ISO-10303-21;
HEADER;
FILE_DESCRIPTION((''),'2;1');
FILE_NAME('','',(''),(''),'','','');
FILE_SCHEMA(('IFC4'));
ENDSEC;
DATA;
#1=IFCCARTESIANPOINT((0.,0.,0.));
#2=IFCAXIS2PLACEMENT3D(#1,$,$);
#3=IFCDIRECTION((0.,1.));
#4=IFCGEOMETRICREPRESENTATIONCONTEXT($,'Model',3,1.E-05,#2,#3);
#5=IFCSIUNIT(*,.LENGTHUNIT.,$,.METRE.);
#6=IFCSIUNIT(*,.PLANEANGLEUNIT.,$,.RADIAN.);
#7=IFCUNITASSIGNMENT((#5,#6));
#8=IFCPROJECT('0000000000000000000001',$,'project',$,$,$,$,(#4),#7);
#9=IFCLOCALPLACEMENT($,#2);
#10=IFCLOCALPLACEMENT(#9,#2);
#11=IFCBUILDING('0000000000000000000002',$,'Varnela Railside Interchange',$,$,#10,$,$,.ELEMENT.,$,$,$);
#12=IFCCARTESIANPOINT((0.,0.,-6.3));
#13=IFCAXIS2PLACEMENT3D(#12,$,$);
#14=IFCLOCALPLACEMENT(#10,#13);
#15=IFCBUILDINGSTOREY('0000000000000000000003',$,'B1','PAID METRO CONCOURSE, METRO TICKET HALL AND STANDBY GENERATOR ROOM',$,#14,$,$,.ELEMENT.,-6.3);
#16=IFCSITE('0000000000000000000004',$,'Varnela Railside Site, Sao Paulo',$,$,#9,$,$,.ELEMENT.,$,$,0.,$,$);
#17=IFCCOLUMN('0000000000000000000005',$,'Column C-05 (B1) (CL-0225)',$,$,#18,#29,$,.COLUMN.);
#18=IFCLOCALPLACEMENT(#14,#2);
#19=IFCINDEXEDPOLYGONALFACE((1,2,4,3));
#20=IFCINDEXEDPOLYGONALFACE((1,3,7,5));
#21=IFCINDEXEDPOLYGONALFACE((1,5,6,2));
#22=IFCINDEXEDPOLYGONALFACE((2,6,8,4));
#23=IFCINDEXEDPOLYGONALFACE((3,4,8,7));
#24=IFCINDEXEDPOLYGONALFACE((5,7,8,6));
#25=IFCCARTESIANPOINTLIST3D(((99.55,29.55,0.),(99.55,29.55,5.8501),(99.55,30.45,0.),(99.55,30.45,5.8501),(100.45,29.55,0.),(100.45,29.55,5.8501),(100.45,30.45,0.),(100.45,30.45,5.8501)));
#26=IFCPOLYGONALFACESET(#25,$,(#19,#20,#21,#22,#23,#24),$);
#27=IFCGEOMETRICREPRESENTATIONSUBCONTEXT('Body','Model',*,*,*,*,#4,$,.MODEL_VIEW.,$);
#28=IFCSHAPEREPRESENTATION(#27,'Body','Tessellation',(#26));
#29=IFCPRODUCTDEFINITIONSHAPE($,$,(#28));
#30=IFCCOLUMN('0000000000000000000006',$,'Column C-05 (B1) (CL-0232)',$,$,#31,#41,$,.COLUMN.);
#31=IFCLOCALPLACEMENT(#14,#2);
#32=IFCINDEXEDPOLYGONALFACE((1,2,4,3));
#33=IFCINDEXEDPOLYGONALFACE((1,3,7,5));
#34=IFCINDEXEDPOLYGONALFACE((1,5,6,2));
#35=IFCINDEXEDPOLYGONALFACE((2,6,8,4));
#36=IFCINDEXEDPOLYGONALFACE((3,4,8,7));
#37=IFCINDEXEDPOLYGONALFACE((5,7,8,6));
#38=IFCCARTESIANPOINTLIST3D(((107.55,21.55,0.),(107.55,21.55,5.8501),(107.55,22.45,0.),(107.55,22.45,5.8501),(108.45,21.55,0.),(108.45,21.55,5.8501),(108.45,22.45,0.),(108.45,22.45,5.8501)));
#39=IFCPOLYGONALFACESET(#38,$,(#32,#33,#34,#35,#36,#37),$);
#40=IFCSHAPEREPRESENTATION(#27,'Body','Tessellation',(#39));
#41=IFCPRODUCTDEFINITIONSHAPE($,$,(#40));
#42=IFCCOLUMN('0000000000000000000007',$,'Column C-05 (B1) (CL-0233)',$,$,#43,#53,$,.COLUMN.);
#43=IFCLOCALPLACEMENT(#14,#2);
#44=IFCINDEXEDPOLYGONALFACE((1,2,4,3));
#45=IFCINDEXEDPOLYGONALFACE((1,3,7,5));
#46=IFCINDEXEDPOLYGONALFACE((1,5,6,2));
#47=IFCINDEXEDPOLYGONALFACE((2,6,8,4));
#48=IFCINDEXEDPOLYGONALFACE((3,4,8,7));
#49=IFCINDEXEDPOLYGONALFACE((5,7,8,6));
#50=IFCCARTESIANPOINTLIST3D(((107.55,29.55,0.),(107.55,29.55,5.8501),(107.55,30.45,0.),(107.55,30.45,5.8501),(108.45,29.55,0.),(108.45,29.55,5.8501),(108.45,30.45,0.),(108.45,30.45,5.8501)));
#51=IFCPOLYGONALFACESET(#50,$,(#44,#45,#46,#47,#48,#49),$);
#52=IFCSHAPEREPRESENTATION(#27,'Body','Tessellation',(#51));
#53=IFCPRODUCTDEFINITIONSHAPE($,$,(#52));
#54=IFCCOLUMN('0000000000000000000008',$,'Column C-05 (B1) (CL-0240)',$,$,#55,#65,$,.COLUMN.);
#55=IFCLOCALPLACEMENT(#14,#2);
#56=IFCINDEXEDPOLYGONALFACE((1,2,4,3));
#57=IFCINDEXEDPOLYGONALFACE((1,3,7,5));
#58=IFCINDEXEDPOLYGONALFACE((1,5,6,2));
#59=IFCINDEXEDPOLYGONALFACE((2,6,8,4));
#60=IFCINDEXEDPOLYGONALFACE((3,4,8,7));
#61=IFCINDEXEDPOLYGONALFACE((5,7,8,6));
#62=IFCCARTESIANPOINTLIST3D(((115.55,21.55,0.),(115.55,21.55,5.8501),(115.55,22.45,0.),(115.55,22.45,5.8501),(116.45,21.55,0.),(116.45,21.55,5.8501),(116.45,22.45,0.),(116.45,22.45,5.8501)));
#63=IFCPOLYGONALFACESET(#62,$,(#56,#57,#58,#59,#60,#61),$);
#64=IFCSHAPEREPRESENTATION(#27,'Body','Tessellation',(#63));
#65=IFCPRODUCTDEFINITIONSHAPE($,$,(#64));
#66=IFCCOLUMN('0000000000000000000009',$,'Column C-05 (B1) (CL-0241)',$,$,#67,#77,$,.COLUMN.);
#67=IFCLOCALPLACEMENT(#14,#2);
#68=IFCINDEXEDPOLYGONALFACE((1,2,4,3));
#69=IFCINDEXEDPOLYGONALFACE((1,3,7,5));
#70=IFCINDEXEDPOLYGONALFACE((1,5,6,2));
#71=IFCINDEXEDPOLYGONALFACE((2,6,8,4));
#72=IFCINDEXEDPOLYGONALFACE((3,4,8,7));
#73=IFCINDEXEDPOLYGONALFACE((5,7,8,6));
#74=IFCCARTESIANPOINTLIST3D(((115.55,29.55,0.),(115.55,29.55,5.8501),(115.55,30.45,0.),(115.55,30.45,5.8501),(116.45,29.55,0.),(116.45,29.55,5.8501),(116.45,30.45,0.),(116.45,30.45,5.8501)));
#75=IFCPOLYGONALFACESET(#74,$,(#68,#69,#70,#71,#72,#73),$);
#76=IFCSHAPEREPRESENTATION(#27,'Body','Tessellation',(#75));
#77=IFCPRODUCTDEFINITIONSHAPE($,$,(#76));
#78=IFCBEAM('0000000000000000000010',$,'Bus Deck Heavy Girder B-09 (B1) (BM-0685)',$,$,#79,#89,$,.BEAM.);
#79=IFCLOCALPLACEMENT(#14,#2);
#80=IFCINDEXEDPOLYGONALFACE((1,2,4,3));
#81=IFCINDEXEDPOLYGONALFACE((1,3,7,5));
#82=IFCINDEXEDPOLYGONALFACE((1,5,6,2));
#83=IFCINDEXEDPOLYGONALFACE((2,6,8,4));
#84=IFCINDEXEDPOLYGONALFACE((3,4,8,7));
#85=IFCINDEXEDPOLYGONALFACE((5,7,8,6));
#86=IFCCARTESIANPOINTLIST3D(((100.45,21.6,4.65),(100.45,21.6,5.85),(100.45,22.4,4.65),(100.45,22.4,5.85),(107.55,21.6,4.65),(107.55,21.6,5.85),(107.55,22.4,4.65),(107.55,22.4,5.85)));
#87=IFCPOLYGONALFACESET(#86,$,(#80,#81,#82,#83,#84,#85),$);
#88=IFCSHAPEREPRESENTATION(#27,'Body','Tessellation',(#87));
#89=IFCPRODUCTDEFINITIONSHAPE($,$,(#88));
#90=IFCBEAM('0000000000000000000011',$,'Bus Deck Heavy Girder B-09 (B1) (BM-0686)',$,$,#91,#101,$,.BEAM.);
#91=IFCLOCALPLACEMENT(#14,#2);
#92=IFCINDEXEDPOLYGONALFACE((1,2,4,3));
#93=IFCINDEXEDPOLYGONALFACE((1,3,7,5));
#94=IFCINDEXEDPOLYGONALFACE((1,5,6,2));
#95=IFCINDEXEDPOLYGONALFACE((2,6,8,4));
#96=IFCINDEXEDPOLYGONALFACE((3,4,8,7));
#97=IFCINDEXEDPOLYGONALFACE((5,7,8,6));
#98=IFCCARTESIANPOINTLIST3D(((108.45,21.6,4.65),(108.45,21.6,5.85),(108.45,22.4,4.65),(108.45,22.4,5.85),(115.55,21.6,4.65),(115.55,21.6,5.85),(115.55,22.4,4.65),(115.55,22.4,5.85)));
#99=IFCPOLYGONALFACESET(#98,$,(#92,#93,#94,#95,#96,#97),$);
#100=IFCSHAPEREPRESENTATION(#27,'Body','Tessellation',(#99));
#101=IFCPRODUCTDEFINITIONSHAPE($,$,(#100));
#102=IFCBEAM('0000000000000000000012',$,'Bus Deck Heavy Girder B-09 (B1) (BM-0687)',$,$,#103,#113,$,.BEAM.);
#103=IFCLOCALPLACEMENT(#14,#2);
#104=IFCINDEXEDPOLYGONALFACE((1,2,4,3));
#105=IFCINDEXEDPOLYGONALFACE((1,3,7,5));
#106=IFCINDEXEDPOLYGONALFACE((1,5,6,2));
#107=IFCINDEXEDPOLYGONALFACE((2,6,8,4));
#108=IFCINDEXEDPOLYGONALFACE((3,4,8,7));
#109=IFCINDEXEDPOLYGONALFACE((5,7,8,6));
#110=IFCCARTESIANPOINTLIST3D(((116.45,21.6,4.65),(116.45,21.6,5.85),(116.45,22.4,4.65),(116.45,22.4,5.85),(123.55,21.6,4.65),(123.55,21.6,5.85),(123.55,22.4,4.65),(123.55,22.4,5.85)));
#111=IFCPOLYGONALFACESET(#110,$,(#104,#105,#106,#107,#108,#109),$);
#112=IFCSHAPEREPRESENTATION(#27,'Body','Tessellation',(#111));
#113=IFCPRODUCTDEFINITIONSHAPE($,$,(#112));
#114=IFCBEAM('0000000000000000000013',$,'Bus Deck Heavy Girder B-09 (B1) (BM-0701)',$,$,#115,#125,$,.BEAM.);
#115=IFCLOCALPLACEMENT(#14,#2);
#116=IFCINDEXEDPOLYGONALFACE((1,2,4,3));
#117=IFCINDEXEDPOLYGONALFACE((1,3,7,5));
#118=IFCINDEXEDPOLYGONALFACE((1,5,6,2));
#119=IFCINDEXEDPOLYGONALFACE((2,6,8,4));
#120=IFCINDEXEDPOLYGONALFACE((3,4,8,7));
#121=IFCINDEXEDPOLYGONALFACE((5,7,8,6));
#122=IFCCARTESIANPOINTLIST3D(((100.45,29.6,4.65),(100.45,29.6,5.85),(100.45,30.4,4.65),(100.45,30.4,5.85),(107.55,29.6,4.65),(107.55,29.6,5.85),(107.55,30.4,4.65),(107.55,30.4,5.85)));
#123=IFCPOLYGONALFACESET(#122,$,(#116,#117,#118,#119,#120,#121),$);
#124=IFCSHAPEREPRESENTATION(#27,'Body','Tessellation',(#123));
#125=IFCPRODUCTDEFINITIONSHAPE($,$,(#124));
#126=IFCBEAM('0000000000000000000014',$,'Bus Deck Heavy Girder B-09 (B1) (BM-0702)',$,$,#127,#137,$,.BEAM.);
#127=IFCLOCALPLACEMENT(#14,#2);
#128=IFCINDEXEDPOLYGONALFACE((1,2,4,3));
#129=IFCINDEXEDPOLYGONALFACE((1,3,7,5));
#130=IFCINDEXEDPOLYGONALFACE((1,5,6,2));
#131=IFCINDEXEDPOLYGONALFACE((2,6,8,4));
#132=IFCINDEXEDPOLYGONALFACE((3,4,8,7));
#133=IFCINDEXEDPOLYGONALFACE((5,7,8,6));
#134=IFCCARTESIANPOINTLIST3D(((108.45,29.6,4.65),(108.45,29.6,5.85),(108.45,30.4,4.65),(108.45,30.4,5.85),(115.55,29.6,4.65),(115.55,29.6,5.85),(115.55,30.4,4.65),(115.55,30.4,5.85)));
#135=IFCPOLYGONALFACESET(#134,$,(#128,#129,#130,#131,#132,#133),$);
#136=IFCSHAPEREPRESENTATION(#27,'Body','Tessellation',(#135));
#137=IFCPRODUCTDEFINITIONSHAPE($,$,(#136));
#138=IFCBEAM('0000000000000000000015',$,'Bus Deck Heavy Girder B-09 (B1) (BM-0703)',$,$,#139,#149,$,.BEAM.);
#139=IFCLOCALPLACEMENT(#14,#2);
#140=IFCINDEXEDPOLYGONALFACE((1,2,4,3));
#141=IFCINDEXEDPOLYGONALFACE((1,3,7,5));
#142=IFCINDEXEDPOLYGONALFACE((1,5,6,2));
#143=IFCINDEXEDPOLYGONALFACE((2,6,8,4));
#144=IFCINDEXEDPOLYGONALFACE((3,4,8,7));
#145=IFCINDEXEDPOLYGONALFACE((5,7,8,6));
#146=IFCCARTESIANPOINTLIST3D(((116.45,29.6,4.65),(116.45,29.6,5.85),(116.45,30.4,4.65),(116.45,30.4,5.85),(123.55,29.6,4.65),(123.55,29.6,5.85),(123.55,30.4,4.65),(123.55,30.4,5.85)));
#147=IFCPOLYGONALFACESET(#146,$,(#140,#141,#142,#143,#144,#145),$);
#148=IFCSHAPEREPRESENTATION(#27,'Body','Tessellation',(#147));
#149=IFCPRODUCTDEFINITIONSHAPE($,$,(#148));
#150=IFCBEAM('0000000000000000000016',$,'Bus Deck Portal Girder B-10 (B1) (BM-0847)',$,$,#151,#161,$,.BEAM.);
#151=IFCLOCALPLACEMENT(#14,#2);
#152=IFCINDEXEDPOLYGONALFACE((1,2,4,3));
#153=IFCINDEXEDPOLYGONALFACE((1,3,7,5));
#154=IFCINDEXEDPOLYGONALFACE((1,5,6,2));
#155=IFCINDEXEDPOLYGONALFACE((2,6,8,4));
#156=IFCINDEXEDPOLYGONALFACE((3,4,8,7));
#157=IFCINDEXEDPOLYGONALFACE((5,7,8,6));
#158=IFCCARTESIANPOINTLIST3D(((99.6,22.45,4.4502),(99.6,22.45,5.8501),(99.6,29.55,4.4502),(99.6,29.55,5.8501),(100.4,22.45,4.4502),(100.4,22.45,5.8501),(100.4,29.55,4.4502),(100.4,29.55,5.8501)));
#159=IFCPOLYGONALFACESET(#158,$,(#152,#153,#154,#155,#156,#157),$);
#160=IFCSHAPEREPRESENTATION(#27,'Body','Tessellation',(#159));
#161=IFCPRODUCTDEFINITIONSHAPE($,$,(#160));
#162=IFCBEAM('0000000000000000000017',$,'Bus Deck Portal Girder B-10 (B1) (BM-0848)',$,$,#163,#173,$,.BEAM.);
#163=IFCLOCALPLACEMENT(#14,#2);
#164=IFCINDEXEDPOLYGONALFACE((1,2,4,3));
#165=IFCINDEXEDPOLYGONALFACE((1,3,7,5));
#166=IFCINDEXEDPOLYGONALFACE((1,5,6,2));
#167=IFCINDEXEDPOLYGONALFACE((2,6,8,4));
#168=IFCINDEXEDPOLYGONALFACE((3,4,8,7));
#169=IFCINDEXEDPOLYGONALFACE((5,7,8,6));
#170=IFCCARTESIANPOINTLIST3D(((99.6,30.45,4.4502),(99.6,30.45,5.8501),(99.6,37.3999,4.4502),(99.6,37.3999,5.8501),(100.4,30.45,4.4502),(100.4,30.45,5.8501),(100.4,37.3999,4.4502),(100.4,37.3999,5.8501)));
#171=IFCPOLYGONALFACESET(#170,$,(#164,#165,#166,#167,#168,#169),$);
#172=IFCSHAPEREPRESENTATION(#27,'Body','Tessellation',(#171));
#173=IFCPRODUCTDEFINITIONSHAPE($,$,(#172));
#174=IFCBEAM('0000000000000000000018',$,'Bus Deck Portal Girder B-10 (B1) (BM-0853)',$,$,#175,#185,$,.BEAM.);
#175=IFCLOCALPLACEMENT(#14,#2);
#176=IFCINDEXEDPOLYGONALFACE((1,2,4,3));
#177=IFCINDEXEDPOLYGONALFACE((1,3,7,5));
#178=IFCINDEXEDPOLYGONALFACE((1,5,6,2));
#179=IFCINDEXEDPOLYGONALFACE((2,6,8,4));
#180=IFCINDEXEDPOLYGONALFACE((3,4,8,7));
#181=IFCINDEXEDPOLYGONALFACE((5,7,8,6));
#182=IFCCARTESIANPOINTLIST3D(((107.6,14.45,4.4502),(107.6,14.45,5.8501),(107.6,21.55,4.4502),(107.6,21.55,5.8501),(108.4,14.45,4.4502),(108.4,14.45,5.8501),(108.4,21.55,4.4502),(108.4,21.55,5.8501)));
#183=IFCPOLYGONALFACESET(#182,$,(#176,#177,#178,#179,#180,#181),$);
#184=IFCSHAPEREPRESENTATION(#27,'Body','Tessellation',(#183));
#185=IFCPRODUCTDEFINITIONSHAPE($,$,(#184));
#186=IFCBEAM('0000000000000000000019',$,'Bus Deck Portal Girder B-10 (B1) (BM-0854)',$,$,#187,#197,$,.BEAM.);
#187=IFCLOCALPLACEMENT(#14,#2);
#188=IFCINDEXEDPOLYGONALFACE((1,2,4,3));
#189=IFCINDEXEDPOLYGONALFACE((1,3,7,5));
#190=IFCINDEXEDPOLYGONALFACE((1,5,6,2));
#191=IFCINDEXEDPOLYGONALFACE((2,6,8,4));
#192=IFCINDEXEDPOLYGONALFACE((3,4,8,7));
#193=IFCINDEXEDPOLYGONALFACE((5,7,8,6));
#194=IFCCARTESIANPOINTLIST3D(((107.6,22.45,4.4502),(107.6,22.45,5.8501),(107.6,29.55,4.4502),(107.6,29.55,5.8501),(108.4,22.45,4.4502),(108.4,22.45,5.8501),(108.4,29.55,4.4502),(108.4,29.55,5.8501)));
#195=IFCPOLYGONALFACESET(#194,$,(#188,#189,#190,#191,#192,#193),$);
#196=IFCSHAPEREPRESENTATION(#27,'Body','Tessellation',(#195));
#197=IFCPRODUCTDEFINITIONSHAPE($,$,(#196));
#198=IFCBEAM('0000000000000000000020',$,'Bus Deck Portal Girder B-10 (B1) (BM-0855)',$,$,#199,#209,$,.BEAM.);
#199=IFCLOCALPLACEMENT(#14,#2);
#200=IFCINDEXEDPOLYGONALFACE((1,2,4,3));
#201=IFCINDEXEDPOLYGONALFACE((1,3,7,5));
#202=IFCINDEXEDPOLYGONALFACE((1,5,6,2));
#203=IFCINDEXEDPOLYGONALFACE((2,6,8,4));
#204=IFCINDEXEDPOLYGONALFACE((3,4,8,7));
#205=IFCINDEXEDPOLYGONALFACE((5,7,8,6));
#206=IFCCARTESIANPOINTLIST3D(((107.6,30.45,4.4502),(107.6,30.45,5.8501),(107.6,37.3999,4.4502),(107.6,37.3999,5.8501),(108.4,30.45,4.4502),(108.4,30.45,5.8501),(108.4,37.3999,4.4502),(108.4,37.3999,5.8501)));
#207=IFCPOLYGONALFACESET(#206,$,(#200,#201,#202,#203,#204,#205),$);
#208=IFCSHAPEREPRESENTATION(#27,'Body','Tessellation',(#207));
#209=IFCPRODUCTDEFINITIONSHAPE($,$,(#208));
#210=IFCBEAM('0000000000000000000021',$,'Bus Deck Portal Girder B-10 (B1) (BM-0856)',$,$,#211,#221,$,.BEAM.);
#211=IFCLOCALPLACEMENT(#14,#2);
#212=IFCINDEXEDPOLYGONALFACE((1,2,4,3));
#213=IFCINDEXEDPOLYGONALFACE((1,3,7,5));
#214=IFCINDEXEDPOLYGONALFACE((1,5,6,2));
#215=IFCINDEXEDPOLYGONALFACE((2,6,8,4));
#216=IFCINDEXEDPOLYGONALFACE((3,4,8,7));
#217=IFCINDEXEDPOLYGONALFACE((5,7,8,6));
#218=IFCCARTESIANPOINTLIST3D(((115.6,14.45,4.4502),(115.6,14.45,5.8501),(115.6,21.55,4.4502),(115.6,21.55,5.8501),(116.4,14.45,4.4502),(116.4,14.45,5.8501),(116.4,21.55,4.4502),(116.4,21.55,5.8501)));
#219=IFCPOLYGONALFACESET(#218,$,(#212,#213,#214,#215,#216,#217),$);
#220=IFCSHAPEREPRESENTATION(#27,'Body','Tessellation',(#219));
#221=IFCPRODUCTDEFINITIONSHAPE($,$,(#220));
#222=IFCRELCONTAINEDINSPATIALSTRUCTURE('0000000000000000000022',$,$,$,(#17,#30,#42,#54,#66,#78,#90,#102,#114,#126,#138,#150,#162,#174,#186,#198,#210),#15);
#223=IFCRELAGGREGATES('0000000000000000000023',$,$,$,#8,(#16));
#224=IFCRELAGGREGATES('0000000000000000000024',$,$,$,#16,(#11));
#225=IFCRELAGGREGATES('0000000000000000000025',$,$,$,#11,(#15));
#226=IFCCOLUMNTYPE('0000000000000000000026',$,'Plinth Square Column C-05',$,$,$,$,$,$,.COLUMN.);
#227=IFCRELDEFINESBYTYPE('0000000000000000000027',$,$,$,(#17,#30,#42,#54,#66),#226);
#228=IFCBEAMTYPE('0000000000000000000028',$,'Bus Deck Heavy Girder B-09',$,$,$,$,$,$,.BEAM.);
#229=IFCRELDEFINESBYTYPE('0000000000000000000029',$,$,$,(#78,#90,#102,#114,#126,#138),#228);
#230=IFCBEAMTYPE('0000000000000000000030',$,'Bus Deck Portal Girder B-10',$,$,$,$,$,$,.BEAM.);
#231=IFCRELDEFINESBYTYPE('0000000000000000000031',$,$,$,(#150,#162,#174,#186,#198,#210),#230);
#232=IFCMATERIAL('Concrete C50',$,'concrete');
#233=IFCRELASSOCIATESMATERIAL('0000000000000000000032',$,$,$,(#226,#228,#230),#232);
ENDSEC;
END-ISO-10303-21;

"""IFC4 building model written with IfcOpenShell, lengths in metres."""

from ifc_helpers import new_model, si_unit, direction, frame, origin, origin_2d, place, context, subcontext, project, spatial, rectangle, extrude, material, material_profile, profile_set, type_object, element, save


model = new_model("IFC4")

# Units and contexts
model_context = context("Model", 3, precision=1e-05, world=origin(), true_north=direction((0.0, 1.0)))
body_context = subcontext(model_context, "Body", "Model", "MODEL_VIEW")
ifc_project = project(units=[si_unit("LENGTHUNIT", "METRE"), si_unit("PLANEANGLEUNIT", "RADIAN")], contexts=[model_context])

# Site, building, storey
site_placement = place(None, origin())
site = spatial("IfcSite", under=ifc_project, at=site_placement, Name="Varnela Railside Site, Sao Paulo", CompositionType="ELEMENT", RefElevation=0.0)
building_placement = place(site_placement, origin())
building = spatial("IfcBuilding", under=site, at=building_placement, Name="Varnela Railside Interchange", CompositionType="ELEMENT")
storey_placement = place(building_placement, frame((0.0, 0.0, -6.3)))
storey = spatial("IfcBuildingStorey", under=building, at=storey_placement, Name="B1", Description="PAID METRO CONCOURSE, METRO TICKET HALL AND STANDBY GENERATOR ROOM", CompositionType="ELEMENT", Elevation=-6.3)

# Columns
ifc_material_1 = material(Name="Concrete C50", Category="concrete")
ifc_material_profile_1 = material_profile(ifc_material_1, rectangle(XDim=0.8999, YDim=0.8999, at=origin_2d()), Name="RC 900x900")
ifc_profile_set_1 = profile_set([ifc_material_profile_1], Name="Concrete C50")
column_type = type_object("IfcColumnType", Name="Plinth Square Column C-05", PredefinedType="COLUMN", material=ifc_profile_set_1)
for number, where, z_axis, x_axis, name in (
    (1, (100.0, 30.0, 0.0), (0.0, 0.0, 1.0), (1.0, 0.0, 0.0), "Column C-05 (B1) (CL-0225)"),
    (2, (108.0, 22.0, 0.0), (0.0, 0.0, 1.0), (1.0, 0.0, 0.0), "Column C-05 (B1) (CL-0232)"),
    (3, (108.0, 30.0, 0.0), (0.0, 0.0, 1.0), (1.0, 0.0, 0.0), "Column C-05 (B1) (CL-0233)"),
    (4, (116.0, 22.0, 0.0), (0.0, 0.0, 1.0), (1.0, 0.0, 0.0), "Column C-05 (B1) (CL-0240)"),
    (5, (116.0, 30.0, 0.0), (0.0, 0.0, 1.0), (1.0, 0.0, 0.0), "Column C-05 (B1) (CL-0241)"),
):
    element("IfcColumn", number, at=place(storey_placement, frame(where, z_axis=z_axis, x_axis=x_axis)), inside=storey, type_object=column_type, Name=name, PredefinedType="COLUMN", context=body_context, shape_type="SweptSolid", body=[
        extrude(rectangle(XDim=0.8999, YDim=0.8999, at=origin_2d()), origin(), (0.0, 0.0, 1.0), 5.8501),
    ])

# Beams
ifc_material_profile_2 = material_profile(ifc_material_1, rectangle(XDim=0.8, YDim=1.2, at=origin_2d()), Name="RC 800x1200")
ifc_profile_set_2 = profile_set([ifc_material_profile_2], Name="Concrete C50")
beam_type_1 = type_object("IfcBeamType", Name="Bus Deck Heavy Girder B-09", PredefinedType="BEAM", material=ifc_profile_set_2)
for number, where, z_axis, x_axis, name in (
    (6, (100.45, 22.0, 5.25), (1.0, 0.0, 0.0), (0.0, 1.0, 0.0), "Bus Deck Heavy Girder B-09 (B1) (BM-0685)"),
    (7, (108.45, 22.0, 5.25), (1.0, 0.0, 0.0), (0.0, 1.0, 0.0), "Bus Deck Heavy Girder B-09 (B1) (BM-0686)"),
    (8, (116.45, 22.0, 5.25), (1.0, 0.0, 0.0), (0.0, 1.0, 0.0), "Bus Deck Heavy Girder B-09 (B1) (BM-0687)"),
    (9, (100.45, 30.0, 5.25), (1.0, 0.0, 0.0), (0.0, 1.0, 0.0), "Bus Deck Heavy Girder B-09 (B1) (BM-0701)"),
    (10, (108.45, 30.0, 5.25), (1.0, 0.0, 0.0), (0.0, 1.0, 0.0), "Bus Deck Heavy Girder B-09 (B1) (BM-0702)"),
    (11, (116.45, 30.0, 5.25), (1.0, 0.0, 0.0), (0.0, 1.0, 0.0), "Bus Deck Heavy Girder B-09 (B1) (BM-0703)"),
):
    element("IfcBeam", number, at=place(storey_placement, frame(where, z_axis=z_axis, x_axis=x_axis)), inside=storey, type_object=beam_type_1, Name=name, PredefinedType="BEAM", context=body_context, shape_type="SweptSolid", body=[
        extrude(rectangle(XDim=0.8, YDim=1.2, at=origin_2d()), origin(), (0.0, 0.0, 1.0), 7.1001),
    ])
ifc_material_profile_3 = material_profile(ifc_material_1, rectangle(XDim=0.8, YDim=1.3999, at=origin_2d()), Name="RC 800x1400")
ifc_profile_set_3 = profile_set([ifc_material_profile_3], Name="Concrete C50")
beam_type_2 = type_object("IfcBeamType", Name="Bus Deck Portal Girder B-10", PredefinedType="BEAM", material=ifc_profile_set_3)
beam_1_placement = place(storey_placement, frame((100.0, 22.45, 5.1501), z_axis=(0.0, 1.0, 0.0), x_axis=(-1.0, 0.0, 0.0)))
element("IfcBeam", 12, at=beam_1_placement, inside=storey, type_object=beam_type_2, Name="Bus Deck Portal Girder B-10 (B1) (BM-0847)", PredefinedType="BEAM", context=body_context, shape_type="SweptSolid", body=[
    extrude(rectangle(XDim=0.8, YDim=1.3999, at=origin_2d()), origin(), (0.0, 0.0, 1.0), 7.1001),
])
beam_2_placement = place(storey_placement, frame((100.0, 30.45, 5.1501), z_axis=(0.0, 1.0, 0.0), x_axis=(-1.0, 0.0, 0.0)))
element("IfcBeam", 13, at=beam_2_placement, inside=storey, type_object=beam_type_2, Name="Bus Deck Portal Girder B-10 (B1) (BM-0848)", PredefinedType="BEAM", context=body_context, shape_type="SweptSolid", body=[
    extrude(rectangle(XDim=0.8, YDim=1.3999, at=origin_2d()), origin(), (0.0, 0.0, 1.0), 6.95),
])
for number, where, z_axis, x_axis, name in (
    (14, (108.0, 14.45, 5.1501), (0.0, 1.0, 0.0), (-1.0, 0.0, 0.0), "Bus Deck Portal Girder B-10 (B1) (BM-0853)"),
    (15, (108.0, 22.45, 5.1501), (0.0, 1.0, 0.0), (-1.0, 0.0, 0.0), "Bus Deck Portal Girder B-10 (B1) (BM-0854)"),
):
    element("IfcBeam", number, at=place(storey_placement, frame(where, z_axis=z_axis, x_axis=x_axis)), inside=storey, type_object=beam_type_2, Name=name, PredefinedType="BEAM", context=body_context, shape_type="SweptSolid", body=[
        extrude(rectangle(XDim=0.8, YDim=1.3999, at=origin_2d()), origin(), (0.0, 0.0, 1.0), 7.1001),
    ])
beam_3_placement = place(storey_placement, frame((108.0, 30.45, 5.1501), z_axis=(0.0, 1.0, 0.0), x_axis=(-1.0, 0.0, 0.0)))
element("IfcBeam", 16, at=beam_3_placement, inside=storey, type_object=beam_type_2, Name="Bus Deck Portal Girder B-10 (B1) (BM-0855)", PredefinedType="BEAM", context=body_context, shape_type="SweptSolid", body=[
    extrude(rectangle(XDim=0.8, YDim=1.3999, at=origin_2d()), origin(), (0.0, 0.0, 1.0), 6.95),
])
for number, where, z_axis, x_axis, name in (
    (17, (116.0, 14.45, 5.1501), (0.0, 1.0, 0.0), (-1.0, 0.0, 0.0), "Bus Deck Portal Girder B-10 (B1) (BM-0856)"),
):
    element("IfcBeam", number, at=place(storey_placement, frame(where, z_axis=z_axis, x_axis=x_axis)), inside=storey, type_object=beam_type_2, Name=name, PredefinedType="BEAM", context=body_context, shape_type="SweptSolid", body=[
        extrude(rectangle(XDim=0.8, YDim=1.3999, at=origin_2d()), origin(), (0.0, 0.0, 1.0), 7.1001),
    ])

save(model, "model.ifc")
